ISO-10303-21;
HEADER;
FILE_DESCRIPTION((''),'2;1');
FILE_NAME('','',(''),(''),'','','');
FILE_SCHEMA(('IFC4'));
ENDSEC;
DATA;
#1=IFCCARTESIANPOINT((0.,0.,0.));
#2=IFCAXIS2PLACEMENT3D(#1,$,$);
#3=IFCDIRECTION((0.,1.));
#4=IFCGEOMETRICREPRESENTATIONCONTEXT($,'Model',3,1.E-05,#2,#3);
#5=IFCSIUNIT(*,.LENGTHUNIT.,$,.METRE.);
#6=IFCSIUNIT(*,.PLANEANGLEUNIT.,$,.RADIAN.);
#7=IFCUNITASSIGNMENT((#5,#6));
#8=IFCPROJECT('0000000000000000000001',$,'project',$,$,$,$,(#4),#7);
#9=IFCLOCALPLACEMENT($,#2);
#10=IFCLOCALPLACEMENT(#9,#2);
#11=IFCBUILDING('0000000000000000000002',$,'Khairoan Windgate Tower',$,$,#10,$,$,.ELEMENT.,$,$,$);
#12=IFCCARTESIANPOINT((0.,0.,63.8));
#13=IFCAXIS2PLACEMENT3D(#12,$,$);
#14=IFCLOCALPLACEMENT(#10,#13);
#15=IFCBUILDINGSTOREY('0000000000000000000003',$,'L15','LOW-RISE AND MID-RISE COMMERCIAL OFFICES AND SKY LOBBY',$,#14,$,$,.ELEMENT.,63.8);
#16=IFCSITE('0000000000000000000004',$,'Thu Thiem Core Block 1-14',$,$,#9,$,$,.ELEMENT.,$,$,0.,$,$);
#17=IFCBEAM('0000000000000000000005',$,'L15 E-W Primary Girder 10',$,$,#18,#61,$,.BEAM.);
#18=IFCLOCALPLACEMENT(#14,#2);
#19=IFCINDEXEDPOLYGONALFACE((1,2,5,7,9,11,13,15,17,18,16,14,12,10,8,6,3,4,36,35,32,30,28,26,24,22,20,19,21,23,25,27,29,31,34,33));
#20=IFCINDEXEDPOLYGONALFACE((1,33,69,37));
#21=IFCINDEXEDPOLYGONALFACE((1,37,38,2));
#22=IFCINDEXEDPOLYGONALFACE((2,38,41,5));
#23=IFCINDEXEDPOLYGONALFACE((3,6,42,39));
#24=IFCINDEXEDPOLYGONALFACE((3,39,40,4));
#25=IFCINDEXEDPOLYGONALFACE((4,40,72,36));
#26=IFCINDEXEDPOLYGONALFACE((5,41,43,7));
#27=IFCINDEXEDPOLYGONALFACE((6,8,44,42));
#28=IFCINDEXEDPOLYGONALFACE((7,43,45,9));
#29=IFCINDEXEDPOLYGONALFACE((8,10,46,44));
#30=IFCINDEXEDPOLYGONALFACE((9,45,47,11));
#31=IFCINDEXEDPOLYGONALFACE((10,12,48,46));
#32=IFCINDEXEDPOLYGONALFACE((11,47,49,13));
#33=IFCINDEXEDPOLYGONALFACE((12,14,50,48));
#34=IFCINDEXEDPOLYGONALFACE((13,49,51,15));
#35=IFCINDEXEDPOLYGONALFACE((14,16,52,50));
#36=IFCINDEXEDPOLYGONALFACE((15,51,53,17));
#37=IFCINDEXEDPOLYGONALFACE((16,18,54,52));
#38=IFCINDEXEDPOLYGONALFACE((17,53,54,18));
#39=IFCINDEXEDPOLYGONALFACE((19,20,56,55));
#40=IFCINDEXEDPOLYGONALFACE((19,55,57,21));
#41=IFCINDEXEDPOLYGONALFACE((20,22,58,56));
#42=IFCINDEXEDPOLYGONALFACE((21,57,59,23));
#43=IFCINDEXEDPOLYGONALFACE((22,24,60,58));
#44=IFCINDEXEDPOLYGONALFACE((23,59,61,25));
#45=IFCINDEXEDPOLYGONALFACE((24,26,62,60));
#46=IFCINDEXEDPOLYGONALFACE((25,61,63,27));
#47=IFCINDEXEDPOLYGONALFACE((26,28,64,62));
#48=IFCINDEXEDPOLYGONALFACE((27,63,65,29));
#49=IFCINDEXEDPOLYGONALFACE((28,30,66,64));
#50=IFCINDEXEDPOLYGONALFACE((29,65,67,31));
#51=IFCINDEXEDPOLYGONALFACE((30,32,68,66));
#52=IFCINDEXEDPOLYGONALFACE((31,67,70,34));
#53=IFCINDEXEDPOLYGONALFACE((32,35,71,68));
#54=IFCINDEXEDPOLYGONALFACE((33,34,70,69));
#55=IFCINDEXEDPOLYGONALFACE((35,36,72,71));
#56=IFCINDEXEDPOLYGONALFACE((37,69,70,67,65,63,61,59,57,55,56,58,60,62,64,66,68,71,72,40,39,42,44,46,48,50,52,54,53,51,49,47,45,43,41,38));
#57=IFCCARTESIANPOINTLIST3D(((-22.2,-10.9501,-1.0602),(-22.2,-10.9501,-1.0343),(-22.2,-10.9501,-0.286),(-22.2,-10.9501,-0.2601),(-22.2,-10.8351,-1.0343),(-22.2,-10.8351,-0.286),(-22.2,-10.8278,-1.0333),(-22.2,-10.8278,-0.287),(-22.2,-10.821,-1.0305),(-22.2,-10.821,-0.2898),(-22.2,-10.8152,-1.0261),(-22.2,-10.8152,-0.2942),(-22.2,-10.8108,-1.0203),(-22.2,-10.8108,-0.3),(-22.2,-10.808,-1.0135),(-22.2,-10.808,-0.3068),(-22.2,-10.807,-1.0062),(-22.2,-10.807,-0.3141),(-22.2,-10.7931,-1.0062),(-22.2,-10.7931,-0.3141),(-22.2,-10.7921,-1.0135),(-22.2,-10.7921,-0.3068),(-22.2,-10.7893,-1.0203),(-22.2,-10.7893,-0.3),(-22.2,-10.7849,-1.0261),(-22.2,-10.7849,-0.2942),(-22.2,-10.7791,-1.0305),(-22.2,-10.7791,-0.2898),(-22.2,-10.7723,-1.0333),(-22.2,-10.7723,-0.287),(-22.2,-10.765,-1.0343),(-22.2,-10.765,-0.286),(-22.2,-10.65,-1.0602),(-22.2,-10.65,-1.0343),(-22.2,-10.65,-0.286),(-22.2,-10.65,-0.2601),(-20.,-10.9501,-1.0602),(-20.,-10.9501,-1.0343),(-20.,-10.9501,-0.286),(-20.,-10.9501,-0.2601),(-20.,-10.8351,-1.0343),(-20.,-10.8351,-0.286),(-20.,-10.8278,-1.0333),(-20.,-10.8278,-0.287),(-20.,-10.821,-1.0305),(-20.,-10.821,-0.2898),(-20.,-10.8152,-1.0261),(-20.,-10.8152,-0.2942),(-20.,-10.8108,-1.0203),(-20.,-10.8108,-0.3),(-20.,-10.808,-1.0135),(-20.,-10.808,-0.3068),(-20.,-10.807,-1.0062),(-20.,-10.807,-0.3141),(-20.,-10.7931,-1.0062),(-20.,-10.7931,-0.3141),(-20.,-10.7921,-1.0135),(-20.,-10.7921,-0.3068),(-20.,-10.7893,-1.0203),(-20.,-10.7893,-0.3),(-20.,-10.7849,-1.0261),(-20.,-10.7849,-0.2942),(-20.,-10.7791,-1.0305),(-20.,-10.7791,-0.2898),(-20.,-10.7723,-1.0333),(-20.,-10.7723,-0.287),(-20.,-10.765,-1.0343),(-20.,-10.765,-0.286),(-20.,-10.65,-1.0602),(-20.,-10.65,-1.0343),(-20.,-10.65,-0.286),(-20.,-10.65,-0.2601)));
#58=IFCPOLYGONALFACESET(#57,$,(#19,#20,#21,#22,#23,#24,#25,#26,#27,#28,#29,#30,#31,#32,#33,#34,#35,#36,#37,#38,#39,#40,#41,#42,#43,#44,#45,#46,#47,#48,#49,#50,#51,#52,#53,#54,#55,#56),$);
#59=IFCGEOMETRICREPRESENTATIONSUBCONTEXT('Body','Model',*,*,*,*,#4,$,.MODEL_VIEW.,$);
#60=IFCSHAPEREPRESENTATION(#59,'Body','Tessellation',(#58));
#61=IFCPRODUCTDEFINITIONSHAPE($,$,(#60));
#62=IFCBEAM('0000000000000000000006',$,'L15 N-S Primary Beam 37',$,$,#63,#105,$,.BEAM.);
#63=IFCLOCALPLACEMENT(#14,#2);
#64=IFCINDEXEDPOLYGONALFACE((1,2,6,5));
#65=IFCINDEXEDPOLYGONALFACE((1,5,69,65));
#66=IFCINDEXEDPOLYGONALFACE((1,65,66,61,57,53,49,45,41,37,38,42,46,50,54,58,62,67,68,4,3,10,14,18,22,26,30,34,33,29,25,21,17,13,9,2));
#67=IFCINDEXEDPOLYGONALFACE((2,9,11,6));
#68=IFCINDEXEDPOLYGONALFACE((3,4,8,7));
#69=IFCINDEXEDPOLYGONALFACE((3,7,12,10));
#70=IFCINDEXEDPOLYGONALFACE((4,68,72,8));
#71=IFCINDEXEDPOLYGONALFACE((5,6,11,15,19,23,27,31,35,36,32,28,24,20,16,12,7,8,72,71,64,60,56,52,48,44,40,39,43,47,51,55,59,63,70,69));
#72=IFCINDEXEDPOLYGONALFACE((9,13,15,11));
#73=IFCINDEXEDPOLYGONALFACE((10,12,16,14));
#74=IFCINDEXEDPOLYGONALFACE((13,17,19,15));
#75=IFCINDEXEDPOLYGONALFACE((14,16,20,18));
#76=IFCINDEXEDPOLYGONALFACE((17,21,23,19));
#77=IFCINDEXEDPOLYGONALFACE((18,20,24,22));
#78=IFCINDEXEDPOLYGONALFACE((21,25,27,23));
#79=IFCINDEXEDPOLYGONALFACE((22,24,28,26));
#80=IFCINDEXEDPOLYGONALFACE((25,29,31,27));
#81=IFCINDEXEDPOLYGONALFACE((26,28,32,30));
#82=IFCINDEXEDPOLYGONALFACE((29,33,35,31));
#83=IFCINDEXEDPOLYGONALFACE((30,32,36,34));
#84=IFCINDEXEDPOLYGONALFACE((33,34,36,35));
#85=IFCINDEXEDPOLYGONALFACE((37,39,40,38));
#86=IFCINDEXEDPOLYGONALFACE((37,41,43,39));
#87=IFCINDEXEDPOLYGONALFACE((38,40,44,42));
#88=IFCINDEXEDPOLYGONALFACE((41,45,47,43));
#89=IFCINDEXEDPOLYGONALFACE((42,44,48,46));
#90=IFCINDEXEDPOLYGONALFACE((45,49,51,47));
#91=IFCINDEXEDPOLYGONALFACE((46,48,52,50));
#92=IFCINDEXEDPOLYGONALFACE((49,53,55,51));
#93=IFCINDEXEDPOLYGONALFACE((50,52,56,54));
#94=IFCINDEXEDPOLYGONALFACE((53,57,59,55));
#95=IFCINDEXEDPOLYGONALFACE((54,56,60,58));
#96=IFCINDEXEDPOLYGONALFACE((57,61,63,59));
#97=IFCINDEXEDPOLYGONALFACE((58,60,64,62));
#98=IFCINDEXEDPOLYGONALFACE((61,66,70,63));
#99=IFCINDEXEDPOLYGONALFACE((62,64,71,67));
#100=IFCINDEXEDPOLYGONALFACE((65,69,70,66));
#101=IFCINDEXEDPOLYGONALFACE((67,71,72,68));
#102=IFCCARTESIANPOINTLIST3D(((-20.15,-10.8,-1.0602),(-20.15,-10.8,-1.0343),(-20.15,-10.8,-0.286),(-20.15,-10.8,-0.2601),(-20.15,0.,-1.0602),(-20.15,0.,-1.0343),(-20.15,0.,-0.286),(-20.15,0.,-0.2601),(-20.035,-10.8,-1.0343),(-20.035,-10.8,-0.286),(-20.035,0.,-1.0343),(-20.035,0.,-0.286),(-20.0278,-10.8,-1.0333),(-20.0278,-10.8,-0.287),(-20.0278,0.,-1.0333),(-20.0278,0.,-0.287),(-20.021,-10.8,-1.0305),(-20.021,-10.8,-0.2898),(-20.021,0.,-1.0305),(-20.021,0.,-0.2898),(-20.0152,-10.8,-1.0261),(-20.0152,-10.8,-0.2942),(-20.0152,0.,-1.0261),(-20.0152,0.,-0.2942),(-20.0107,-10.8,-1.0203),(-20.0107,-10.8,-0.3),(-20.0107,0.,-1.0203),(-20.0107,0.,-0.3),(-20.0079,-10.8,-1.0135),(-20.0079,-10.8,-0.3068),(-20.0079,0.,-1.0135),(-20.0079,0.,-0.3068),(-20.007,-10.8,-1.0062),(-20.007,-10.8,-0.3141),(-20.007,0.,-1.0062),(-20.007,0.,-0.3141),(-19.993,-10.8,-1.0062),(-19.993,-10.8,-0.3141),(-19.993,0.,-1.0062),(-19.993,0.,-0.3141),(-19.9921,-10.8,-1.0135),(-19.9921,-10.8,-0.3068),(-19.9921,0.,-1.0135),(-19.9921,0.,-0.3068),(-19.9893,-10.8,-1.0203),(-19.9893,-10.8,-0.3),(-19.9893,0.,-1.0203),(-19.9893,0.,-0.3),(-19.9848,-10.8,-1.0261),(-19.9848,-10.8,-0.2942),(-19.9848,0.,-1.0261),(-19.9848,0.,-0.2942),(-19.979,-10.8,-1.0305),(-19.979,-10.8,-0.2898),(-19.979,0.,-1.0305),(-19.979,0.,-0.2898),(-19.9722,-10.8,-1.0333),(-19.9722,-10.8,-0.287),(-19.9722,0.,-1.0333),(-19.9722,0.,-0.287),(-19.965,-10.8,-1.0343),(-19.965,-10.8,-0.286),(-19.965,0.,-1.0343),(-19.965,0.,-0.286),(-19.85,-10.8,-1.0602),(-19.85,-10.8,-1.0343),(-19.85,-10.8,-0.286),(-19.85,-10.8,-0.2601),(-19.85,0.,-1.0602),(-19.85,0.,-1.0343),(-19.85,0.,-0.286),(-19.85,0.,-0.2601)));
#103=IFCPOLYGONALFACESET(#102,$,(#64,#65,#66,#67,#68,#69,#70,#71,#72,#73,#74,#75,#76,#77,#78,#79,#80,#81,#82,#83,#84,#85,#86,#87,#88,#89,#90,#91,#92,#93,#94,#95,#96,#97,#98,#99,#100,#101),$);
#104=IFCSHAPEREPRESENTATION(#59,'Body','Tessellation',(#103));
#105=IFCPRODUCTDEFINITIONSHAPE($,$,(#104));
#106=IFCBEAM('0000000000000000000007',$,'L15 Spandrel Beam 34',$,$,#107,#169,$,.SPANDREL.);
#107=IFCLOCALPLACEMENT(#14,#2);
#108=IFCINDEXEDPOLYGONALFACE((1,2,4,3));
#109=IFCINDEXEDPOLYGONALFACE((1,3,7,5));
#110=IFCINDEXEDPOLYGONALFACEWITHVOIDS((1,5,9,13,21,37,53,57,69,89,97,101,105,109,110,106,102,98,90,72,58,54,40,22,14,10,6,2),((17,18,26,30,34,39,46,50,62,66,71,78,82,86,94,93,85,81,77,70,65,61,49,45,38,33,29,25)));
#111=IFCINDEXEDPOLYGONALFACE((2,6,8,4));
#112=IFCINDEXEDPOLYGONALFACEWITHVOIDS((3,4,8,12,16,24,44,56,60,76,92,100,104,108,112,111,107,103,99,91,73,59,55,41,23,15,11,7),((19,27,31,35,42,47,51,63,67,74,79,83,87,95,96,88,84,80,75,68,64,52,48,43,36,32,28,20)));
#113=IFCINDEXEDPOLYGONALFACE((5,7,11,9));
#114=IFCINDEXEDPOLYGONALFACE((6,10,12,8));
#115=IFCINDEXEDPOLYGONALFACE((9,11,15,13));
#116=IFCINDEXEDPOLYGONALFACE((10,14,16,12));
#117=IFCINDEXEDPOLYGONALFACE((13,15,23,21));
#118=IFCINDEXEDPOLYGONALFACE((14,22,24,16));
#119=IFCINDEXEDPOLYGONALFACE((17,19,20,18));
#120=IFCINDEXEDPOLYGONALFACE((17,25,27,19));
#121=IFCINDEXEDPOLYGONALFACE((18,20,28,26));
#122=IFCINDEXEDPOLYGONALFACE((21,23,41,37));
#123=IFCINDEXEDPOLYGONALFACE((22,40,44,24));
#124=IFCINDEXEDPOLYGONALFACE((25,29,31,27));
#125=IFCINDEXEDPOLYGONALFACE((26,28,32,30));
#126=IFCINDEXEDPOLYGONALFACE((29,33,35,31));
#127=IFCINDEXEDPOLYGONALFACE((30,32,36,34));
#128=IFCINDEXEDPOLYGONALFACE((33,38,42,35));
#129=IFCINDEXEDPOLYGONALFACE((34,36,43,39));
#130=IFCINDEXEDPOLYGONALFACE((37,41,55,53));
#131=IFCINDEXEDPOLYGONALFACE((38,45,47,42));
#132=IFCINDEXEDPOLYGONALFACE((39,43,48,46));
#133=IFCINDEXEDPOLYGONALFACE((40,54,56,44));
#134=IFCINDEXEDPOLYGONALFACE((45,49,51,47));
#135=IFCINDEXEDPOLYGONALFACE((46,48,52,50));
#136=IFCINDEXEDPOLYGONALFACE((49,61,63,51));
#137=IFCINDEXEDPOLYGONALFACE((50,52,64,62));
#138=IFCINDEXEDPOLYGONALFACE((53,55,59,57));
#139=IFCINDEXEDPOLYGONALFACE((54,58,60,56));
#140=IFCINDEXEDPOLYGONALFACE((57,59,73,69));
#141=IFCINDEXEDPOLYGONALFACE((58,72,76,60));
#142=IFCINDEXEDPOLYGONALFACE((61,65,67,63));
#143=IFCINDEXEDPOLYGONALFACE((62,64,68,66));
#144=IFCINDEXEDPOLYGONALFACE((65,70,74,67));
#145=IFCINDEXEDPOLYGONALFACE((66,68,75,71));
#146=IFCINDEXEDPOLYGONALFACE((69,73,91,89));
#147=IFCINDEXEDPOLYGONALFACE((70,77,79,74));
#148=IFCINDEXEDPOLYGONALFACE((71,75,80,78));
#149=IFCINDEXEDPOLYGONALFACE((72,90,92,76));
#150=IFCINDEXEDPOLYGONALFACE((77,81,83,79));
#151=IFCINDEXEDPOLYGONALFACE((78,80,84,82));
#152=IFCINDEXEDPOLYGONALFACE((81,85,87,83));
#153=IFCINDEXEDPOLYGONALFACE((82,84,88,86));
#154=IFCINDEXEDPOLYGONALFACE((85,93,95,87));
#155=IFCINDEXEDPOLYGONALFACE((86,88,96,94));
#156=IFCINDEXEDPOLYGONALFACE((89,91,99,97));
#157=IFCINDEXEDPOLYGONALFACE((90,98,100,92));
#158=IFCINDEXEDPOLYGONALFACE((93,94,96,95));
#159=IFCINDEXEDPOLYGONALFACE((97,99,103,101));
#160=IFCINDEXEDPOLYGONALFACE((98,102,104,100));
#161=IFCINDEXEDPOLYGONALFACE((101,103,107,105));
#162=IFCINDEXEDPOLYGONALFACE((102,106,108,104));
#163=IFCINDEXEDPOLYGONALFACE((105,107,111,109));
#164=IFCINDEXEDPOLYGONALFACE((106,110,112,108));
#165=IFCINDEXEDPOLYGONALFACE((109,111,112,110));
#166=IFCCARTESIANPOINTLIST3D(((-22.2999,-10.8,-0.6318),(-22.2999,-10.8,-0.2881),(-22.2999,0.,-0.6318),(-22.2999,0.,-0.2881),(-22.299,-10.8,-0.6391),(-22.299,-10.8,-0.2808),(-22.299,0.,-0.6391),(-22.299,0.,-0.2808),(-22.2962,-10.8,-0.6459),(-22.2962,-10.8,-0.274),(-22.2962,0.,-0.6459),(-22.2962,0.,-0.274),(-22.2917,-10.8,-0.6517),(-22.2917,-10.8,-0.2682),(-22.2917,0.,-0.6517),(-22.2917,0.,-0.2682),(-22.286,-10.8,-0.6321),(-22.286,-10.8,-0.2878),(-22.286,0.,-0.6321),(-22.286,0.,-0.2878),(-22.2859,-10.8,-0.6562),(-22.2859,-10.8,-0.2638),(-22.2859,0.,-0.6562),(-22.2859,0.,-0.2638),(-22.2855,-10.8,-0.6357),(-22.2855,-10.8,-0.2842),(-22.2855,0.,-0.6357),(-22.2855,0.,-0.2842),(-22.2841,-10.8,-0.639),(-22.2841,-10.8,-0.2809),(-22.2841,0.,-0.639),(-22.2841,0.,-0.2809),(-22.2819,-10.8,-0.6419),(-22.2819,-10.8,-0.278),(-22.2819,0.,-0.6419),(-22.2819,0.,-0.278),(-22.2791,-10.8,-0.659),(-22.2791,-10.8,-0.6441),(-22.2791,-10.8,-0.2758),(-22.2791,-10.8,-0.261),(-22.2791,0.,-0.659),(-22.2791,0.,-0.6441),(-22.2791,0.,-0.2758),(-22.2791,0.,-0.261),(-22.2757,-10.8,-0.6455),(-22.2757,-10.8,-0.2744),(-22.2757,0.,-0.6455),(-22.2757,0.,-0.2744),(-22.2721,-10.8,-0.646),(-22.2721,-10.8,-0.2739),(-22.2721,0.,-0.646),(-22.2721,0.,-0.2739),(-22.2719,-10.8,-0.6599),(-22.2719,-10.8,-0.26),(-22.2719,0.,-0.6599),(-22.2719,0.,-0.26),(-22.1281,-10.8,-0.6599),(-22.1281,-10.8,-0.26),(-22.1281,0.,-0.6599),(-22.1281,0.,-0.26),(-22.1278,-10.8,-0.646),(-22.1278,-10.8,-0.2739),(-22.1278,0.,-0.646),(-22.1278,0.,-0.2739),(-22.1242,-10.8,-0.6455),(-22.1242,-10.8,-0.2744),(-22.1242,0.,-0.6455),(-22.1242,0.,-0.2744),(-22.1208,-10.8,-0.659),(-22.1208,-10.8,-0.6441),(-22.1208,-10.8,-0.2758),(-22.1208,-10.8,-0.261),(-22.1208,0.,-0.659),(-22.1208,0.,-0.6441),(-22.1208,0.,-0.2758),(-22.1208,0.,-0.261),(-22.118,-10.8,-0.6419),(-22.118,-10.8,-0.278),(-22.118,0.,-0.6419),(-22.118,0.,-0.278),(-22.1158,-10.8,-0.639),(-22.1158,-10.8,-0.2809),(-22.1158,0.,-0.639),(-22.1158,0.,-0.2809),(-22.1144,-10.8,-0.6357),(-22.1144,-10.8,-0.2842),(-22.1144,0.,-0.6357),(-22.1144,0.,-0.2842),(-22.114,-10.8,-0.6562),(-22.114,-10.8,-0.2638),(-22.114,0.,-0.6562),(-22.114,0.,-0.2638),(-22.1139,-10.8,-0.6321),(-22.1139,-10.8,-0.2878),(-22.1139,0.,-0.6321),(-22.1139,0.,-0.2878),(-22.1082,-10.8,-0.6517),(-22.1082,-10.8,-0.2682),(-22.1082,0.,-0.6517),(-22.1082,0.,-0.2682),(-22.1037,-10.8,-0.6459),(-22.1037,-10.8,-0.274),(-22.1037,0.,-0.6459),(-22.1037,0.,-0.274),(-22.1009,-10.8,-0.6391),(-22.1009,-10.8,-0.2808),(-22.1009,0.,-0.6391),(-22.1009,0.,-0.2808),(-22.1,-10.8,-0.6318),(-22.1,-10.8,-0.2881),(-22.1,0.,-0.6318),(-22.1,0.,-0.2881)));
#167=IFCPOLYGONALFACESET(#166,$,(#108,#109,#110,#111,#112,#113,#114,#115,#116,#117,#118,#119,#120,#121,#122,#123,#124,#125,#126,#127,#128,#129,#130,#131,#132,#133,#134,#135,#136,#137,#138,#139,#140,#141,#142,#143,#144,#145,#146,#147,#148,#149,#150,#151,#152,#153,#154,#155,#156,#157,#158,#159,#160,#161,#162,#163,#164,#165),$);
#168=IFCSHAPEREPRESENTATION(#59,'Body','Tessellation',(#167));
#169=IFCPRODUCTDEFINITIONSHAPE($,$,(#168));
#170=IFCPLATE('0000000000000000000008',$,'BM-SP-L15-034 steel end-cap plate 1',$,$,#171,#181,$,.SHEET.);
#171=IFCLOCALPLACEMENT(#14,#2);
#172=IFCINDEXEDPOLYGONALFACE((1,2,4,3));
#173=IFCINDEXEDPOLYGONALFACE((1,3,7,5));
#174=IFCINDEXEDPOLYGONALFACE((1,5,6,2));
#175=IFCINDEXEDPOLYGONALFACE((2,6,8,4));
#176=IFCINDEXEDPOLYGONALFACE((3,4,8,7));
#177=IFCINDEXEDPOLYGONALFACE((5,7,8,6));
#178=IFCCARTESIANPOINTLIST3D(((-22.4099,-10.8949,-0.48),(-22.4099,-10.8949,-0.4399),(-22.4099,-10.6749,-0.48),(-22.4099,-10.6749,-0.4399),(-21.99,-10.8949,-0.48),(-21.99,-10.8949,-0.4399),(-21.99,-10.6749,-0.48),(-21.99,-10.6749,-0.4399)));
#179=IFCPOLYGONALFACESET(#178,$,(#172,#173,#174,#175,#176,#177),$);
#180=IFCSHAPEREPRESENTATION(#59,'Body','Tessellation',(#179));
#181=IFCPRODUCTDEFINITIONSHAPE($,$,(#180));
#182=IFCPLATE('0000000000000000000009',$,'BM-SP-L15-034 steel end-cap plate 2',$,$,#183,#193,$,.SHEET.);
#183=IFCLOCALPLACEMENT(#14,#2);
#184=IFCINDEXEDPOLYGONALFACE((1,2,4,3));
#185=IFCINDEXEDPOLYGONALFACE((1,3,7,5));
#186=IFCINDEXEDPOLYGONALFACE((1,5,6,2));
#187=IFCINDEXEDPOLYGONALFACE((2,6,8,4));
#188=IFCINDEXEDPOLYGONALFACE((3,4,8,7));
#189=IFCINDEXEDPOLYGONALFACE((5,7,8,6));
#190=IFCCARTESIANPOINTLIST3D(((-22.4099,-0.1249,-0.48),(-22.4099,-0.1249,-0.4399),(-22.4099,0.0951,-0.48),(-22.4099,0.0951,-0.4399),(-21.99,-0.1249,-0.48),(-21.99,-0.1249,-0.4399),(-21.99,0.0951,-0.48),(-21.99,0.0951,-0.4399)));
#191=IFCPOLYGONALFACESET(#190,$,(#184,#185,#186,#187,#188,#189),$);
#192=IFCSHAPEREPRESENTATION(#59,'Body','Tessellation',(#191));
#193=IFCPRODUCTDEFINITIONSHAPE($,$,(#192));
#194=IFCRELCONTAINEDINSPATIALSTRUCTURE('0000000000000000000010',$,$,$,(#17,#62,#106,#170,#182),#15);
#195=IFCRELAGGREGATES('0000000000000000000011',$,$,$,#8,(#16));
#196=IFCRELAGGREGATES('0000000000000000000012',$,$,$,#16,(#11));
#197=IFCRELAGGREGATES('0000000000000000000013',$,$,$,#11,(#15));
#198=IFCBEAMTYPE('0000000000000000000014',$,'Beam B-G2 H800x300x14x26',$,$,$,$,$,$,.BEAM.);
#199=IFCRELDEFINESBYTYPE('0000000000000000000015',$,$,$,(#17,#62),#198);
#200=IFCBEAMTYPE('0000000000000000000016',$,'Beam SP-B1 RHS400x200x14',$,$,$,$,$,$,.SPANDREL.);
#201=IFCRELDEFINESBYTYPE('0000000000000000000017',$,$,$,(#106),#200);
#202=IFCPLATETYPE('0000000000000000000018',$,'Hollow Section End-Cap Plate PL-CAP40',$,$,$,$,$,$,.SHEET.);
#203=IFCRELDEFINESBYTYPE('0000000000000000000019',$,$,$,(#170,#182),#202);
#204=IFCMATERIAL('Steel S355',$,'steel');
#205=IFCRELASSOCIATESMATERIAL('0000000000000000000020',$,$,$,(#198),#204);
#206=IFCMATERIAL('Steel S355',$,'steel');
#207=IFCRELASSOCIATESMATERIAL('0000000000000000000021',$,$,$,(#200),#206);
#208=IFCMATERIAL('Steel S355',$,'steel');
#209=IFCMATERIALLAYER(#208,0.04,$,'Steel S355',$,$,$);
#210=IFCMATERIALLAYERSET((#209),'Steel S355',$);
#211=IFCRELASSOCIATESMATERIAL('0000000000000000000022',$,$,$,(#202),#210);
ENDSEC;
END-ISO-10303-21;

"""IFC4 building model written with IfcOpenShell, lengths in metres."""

from ifc_helpers import new_model, si_unit, direction, frame, origin, origin_2d, place, context, subcontext, project, spatial, rectangle, hollow_rectangle, i_section, extrude, material, layer, layer_set, material_profile, profile_set, type_object, element, save


model = new_model("IFC4")

# Units and contexts
model_context = context("Model", 3, precision=1e-05, world=origin(), true_north=direction((0.0, 1.0)))
body_context = subcontext(model_context, "Body", "Model", "MODEL_VIEW")
ifc_project = project(units=[si_unit("LENGTHUNIT", "METRE"), si_unit("PLANEANGLEUNIT", "RADIAN")], contexts=[model_context])

# Site, building, storey
site_placement = place(None, origin())
site = spatial("IfcSite", under=ifc_project, at=site_placement, Name="Thu Thiem Core Block 1-14", CompositionType="ELEMENT", RefElevation=0.0)
building_placement = place(site_placement, origin())
building = spatial("IfcBuilding", under=site, at=building_placement, Name="Khairoan Windgate Tower", CompositionType="ELEMENT")
storey_placement = place(building_placement, frame((0.0, 0.0, 63.8)))
storey = spatial("IfcBuildingStorey", under=building, at=storey_placement, Name="L15", Description="LOW-RISE AND MID-RISE COMMERCIAL OFFICES AND SKY LOBBY", CompositionType="ELEMENT", Elevation=63.8)

# Beams
ifc_material_1 = material(Name="Steel S355", Category="steel")
ifc_material_profile_1 = material_profile(ifc_material_1, i_section(OverallWidth=0.3, OverallDepth=0.8, WebThickness=0.0139, FlangeThickness=0.0259, FilletRadius=0.0281, at=origin_2d()))
ifc_profile_set_1 = profile_set([ifc_material_profile_1], Name="Steel S355")
beam_type_1 = type_object("IfcBeamType", Name="Beam B-G2 H800x300x14x26", PredefinedType="BEAM", material=ifc_profile_set_1)
beam_1_placement = place(storey_placement, frame((-22.2, -10.8, -0.6602), z_axis=(1.0, 0.0, 0.0), x_axis=(0.0, 1.0, 0.0)))
element("IfcBeam", 1, at=beam_1_placement, inside=storey, type_object=beam_type_1, Name="L15 E-W Primary Girder 10", PredefinedType="BEAM", context=body_context, shape_type="SweptSolid", body=[
    extrude(i_section(OverallWidth=0.3, OverallDepth=0.8, WebThickness=0.0139, FlangeThickness=0.0259, FilletRadius=0.0281, at=origin_2d()), origin(), (0.0, 0.0, 1.0), 2.2),
])
beam_2_placement = place(storey_placement, frame((-20.0, -10.8, -0.6602), z_axis=(0.0, 1.0, 0.0), x_axis=(-1.0, 0.0, 0.0)))
element("IfcBeam", 2, at=beam_2_placement, inside=storey, type_object=beam_type_1, Name="L15 N-S Primary Beam 37", PredefinedType="BEAM", context=body_context, shape_type="SweptSolid", body=[
    extrude(i_section(OverallWidth=0.3, OverallDepth=0.8, WebThickness=0.0139, FlangeThickness=0.0259, FilletRadius=0.0281, at=origin_2d()), origin(), (0.0, 0.0, 1.0), 10.8),
])
ifc_material_2 = material(Name="Steel S355", Category="steel")
ifc_material_profile_2 = material_profile(ifc_material_2, hollow_rectangle(XDim=0.2, YDim=0.3999, WallThickness=0.0139, InnerFilletRadius=0.0139, OuterFilletRadius=0.0281, at=origin_2d()))
ifc_profile_set_2 = profile_set([ifc_material_profile_2], Name="Steel S355")
beam_type_2 = type_object("IfcBeamType", Name="Beam SP-B1 RHS400x200x14", PredefinedType="SPANDREL", material=ifc_profile_set_2)
beam_3_placement = place(storey_placement, frame((-22.2, -10.8, -0.46), z_axis=(0.0, 1.0, 0.0), x_axis=(-1.0, 0.0, 0.0)))
element("IfcBeam", 3, at=beam_3_placement, inside=storey, type_object=beam_type_2, Name="L15 Spandrel Beam 34", PredefinedType="SPANDREL", context=body_context, shape_type="SweptSolid", body=[
    extrude(hollow_rectangle(XDim=0.2, YDim=0.3999, WallThickness=0.0139, InnerFilletRadius=0.0139, OuterFilletRadius=0.0281, at=origin_2d()), origin(), (0.0, 0.0, 1.0), 10.8),
])

# Plates
ifc_material_3 = material(Name="Steel S355", Category="steel")
ifc_layer_1 = layer(ifc_material_3, 0.04, Name="Steel S355")
ifc_layer_set_1 = layer_set([ifc_layer_1], Name="Steel S355")
plate_type_1 = type_object("IfcPlateType", Name="Hollow Section End-Cap Plate PL-CAP40", PredefinedType="SHEET", material=ifc_layer_set_1)
for number, where, z_axis, x_axis, name in (
    (4, (-22.2, -10.7849, -0.48), (0.0, 0.0, 1.0), (0.0, 1.0, 0.0), "BM-SP-L15-034 steel end-cap plate 1"),
    (5, (-22.2, -0.0149, -0.48), (0.0, 0.0, 1.0), (0.0, 1.0, 0.0), "BM-SP-L15-034 steel end-cap plate 2"),
):
    element("IfcPlate", number, at=place(storey_placement, frame(where, z_axis=z_axis, x_axis=x_axis)), inside=storey, type_object=plate_type_1, Name=name, PredefinedType="SHEET", context=body_context, shape_type="SweptSolid", body=[
        extrude(rectangle(XDim=0.22, YDim=0.4199, at=origin_2d()), origin(), (0.0, 0.0, 1.0), 0.04),
    ])

save(model, "model.ifc")
